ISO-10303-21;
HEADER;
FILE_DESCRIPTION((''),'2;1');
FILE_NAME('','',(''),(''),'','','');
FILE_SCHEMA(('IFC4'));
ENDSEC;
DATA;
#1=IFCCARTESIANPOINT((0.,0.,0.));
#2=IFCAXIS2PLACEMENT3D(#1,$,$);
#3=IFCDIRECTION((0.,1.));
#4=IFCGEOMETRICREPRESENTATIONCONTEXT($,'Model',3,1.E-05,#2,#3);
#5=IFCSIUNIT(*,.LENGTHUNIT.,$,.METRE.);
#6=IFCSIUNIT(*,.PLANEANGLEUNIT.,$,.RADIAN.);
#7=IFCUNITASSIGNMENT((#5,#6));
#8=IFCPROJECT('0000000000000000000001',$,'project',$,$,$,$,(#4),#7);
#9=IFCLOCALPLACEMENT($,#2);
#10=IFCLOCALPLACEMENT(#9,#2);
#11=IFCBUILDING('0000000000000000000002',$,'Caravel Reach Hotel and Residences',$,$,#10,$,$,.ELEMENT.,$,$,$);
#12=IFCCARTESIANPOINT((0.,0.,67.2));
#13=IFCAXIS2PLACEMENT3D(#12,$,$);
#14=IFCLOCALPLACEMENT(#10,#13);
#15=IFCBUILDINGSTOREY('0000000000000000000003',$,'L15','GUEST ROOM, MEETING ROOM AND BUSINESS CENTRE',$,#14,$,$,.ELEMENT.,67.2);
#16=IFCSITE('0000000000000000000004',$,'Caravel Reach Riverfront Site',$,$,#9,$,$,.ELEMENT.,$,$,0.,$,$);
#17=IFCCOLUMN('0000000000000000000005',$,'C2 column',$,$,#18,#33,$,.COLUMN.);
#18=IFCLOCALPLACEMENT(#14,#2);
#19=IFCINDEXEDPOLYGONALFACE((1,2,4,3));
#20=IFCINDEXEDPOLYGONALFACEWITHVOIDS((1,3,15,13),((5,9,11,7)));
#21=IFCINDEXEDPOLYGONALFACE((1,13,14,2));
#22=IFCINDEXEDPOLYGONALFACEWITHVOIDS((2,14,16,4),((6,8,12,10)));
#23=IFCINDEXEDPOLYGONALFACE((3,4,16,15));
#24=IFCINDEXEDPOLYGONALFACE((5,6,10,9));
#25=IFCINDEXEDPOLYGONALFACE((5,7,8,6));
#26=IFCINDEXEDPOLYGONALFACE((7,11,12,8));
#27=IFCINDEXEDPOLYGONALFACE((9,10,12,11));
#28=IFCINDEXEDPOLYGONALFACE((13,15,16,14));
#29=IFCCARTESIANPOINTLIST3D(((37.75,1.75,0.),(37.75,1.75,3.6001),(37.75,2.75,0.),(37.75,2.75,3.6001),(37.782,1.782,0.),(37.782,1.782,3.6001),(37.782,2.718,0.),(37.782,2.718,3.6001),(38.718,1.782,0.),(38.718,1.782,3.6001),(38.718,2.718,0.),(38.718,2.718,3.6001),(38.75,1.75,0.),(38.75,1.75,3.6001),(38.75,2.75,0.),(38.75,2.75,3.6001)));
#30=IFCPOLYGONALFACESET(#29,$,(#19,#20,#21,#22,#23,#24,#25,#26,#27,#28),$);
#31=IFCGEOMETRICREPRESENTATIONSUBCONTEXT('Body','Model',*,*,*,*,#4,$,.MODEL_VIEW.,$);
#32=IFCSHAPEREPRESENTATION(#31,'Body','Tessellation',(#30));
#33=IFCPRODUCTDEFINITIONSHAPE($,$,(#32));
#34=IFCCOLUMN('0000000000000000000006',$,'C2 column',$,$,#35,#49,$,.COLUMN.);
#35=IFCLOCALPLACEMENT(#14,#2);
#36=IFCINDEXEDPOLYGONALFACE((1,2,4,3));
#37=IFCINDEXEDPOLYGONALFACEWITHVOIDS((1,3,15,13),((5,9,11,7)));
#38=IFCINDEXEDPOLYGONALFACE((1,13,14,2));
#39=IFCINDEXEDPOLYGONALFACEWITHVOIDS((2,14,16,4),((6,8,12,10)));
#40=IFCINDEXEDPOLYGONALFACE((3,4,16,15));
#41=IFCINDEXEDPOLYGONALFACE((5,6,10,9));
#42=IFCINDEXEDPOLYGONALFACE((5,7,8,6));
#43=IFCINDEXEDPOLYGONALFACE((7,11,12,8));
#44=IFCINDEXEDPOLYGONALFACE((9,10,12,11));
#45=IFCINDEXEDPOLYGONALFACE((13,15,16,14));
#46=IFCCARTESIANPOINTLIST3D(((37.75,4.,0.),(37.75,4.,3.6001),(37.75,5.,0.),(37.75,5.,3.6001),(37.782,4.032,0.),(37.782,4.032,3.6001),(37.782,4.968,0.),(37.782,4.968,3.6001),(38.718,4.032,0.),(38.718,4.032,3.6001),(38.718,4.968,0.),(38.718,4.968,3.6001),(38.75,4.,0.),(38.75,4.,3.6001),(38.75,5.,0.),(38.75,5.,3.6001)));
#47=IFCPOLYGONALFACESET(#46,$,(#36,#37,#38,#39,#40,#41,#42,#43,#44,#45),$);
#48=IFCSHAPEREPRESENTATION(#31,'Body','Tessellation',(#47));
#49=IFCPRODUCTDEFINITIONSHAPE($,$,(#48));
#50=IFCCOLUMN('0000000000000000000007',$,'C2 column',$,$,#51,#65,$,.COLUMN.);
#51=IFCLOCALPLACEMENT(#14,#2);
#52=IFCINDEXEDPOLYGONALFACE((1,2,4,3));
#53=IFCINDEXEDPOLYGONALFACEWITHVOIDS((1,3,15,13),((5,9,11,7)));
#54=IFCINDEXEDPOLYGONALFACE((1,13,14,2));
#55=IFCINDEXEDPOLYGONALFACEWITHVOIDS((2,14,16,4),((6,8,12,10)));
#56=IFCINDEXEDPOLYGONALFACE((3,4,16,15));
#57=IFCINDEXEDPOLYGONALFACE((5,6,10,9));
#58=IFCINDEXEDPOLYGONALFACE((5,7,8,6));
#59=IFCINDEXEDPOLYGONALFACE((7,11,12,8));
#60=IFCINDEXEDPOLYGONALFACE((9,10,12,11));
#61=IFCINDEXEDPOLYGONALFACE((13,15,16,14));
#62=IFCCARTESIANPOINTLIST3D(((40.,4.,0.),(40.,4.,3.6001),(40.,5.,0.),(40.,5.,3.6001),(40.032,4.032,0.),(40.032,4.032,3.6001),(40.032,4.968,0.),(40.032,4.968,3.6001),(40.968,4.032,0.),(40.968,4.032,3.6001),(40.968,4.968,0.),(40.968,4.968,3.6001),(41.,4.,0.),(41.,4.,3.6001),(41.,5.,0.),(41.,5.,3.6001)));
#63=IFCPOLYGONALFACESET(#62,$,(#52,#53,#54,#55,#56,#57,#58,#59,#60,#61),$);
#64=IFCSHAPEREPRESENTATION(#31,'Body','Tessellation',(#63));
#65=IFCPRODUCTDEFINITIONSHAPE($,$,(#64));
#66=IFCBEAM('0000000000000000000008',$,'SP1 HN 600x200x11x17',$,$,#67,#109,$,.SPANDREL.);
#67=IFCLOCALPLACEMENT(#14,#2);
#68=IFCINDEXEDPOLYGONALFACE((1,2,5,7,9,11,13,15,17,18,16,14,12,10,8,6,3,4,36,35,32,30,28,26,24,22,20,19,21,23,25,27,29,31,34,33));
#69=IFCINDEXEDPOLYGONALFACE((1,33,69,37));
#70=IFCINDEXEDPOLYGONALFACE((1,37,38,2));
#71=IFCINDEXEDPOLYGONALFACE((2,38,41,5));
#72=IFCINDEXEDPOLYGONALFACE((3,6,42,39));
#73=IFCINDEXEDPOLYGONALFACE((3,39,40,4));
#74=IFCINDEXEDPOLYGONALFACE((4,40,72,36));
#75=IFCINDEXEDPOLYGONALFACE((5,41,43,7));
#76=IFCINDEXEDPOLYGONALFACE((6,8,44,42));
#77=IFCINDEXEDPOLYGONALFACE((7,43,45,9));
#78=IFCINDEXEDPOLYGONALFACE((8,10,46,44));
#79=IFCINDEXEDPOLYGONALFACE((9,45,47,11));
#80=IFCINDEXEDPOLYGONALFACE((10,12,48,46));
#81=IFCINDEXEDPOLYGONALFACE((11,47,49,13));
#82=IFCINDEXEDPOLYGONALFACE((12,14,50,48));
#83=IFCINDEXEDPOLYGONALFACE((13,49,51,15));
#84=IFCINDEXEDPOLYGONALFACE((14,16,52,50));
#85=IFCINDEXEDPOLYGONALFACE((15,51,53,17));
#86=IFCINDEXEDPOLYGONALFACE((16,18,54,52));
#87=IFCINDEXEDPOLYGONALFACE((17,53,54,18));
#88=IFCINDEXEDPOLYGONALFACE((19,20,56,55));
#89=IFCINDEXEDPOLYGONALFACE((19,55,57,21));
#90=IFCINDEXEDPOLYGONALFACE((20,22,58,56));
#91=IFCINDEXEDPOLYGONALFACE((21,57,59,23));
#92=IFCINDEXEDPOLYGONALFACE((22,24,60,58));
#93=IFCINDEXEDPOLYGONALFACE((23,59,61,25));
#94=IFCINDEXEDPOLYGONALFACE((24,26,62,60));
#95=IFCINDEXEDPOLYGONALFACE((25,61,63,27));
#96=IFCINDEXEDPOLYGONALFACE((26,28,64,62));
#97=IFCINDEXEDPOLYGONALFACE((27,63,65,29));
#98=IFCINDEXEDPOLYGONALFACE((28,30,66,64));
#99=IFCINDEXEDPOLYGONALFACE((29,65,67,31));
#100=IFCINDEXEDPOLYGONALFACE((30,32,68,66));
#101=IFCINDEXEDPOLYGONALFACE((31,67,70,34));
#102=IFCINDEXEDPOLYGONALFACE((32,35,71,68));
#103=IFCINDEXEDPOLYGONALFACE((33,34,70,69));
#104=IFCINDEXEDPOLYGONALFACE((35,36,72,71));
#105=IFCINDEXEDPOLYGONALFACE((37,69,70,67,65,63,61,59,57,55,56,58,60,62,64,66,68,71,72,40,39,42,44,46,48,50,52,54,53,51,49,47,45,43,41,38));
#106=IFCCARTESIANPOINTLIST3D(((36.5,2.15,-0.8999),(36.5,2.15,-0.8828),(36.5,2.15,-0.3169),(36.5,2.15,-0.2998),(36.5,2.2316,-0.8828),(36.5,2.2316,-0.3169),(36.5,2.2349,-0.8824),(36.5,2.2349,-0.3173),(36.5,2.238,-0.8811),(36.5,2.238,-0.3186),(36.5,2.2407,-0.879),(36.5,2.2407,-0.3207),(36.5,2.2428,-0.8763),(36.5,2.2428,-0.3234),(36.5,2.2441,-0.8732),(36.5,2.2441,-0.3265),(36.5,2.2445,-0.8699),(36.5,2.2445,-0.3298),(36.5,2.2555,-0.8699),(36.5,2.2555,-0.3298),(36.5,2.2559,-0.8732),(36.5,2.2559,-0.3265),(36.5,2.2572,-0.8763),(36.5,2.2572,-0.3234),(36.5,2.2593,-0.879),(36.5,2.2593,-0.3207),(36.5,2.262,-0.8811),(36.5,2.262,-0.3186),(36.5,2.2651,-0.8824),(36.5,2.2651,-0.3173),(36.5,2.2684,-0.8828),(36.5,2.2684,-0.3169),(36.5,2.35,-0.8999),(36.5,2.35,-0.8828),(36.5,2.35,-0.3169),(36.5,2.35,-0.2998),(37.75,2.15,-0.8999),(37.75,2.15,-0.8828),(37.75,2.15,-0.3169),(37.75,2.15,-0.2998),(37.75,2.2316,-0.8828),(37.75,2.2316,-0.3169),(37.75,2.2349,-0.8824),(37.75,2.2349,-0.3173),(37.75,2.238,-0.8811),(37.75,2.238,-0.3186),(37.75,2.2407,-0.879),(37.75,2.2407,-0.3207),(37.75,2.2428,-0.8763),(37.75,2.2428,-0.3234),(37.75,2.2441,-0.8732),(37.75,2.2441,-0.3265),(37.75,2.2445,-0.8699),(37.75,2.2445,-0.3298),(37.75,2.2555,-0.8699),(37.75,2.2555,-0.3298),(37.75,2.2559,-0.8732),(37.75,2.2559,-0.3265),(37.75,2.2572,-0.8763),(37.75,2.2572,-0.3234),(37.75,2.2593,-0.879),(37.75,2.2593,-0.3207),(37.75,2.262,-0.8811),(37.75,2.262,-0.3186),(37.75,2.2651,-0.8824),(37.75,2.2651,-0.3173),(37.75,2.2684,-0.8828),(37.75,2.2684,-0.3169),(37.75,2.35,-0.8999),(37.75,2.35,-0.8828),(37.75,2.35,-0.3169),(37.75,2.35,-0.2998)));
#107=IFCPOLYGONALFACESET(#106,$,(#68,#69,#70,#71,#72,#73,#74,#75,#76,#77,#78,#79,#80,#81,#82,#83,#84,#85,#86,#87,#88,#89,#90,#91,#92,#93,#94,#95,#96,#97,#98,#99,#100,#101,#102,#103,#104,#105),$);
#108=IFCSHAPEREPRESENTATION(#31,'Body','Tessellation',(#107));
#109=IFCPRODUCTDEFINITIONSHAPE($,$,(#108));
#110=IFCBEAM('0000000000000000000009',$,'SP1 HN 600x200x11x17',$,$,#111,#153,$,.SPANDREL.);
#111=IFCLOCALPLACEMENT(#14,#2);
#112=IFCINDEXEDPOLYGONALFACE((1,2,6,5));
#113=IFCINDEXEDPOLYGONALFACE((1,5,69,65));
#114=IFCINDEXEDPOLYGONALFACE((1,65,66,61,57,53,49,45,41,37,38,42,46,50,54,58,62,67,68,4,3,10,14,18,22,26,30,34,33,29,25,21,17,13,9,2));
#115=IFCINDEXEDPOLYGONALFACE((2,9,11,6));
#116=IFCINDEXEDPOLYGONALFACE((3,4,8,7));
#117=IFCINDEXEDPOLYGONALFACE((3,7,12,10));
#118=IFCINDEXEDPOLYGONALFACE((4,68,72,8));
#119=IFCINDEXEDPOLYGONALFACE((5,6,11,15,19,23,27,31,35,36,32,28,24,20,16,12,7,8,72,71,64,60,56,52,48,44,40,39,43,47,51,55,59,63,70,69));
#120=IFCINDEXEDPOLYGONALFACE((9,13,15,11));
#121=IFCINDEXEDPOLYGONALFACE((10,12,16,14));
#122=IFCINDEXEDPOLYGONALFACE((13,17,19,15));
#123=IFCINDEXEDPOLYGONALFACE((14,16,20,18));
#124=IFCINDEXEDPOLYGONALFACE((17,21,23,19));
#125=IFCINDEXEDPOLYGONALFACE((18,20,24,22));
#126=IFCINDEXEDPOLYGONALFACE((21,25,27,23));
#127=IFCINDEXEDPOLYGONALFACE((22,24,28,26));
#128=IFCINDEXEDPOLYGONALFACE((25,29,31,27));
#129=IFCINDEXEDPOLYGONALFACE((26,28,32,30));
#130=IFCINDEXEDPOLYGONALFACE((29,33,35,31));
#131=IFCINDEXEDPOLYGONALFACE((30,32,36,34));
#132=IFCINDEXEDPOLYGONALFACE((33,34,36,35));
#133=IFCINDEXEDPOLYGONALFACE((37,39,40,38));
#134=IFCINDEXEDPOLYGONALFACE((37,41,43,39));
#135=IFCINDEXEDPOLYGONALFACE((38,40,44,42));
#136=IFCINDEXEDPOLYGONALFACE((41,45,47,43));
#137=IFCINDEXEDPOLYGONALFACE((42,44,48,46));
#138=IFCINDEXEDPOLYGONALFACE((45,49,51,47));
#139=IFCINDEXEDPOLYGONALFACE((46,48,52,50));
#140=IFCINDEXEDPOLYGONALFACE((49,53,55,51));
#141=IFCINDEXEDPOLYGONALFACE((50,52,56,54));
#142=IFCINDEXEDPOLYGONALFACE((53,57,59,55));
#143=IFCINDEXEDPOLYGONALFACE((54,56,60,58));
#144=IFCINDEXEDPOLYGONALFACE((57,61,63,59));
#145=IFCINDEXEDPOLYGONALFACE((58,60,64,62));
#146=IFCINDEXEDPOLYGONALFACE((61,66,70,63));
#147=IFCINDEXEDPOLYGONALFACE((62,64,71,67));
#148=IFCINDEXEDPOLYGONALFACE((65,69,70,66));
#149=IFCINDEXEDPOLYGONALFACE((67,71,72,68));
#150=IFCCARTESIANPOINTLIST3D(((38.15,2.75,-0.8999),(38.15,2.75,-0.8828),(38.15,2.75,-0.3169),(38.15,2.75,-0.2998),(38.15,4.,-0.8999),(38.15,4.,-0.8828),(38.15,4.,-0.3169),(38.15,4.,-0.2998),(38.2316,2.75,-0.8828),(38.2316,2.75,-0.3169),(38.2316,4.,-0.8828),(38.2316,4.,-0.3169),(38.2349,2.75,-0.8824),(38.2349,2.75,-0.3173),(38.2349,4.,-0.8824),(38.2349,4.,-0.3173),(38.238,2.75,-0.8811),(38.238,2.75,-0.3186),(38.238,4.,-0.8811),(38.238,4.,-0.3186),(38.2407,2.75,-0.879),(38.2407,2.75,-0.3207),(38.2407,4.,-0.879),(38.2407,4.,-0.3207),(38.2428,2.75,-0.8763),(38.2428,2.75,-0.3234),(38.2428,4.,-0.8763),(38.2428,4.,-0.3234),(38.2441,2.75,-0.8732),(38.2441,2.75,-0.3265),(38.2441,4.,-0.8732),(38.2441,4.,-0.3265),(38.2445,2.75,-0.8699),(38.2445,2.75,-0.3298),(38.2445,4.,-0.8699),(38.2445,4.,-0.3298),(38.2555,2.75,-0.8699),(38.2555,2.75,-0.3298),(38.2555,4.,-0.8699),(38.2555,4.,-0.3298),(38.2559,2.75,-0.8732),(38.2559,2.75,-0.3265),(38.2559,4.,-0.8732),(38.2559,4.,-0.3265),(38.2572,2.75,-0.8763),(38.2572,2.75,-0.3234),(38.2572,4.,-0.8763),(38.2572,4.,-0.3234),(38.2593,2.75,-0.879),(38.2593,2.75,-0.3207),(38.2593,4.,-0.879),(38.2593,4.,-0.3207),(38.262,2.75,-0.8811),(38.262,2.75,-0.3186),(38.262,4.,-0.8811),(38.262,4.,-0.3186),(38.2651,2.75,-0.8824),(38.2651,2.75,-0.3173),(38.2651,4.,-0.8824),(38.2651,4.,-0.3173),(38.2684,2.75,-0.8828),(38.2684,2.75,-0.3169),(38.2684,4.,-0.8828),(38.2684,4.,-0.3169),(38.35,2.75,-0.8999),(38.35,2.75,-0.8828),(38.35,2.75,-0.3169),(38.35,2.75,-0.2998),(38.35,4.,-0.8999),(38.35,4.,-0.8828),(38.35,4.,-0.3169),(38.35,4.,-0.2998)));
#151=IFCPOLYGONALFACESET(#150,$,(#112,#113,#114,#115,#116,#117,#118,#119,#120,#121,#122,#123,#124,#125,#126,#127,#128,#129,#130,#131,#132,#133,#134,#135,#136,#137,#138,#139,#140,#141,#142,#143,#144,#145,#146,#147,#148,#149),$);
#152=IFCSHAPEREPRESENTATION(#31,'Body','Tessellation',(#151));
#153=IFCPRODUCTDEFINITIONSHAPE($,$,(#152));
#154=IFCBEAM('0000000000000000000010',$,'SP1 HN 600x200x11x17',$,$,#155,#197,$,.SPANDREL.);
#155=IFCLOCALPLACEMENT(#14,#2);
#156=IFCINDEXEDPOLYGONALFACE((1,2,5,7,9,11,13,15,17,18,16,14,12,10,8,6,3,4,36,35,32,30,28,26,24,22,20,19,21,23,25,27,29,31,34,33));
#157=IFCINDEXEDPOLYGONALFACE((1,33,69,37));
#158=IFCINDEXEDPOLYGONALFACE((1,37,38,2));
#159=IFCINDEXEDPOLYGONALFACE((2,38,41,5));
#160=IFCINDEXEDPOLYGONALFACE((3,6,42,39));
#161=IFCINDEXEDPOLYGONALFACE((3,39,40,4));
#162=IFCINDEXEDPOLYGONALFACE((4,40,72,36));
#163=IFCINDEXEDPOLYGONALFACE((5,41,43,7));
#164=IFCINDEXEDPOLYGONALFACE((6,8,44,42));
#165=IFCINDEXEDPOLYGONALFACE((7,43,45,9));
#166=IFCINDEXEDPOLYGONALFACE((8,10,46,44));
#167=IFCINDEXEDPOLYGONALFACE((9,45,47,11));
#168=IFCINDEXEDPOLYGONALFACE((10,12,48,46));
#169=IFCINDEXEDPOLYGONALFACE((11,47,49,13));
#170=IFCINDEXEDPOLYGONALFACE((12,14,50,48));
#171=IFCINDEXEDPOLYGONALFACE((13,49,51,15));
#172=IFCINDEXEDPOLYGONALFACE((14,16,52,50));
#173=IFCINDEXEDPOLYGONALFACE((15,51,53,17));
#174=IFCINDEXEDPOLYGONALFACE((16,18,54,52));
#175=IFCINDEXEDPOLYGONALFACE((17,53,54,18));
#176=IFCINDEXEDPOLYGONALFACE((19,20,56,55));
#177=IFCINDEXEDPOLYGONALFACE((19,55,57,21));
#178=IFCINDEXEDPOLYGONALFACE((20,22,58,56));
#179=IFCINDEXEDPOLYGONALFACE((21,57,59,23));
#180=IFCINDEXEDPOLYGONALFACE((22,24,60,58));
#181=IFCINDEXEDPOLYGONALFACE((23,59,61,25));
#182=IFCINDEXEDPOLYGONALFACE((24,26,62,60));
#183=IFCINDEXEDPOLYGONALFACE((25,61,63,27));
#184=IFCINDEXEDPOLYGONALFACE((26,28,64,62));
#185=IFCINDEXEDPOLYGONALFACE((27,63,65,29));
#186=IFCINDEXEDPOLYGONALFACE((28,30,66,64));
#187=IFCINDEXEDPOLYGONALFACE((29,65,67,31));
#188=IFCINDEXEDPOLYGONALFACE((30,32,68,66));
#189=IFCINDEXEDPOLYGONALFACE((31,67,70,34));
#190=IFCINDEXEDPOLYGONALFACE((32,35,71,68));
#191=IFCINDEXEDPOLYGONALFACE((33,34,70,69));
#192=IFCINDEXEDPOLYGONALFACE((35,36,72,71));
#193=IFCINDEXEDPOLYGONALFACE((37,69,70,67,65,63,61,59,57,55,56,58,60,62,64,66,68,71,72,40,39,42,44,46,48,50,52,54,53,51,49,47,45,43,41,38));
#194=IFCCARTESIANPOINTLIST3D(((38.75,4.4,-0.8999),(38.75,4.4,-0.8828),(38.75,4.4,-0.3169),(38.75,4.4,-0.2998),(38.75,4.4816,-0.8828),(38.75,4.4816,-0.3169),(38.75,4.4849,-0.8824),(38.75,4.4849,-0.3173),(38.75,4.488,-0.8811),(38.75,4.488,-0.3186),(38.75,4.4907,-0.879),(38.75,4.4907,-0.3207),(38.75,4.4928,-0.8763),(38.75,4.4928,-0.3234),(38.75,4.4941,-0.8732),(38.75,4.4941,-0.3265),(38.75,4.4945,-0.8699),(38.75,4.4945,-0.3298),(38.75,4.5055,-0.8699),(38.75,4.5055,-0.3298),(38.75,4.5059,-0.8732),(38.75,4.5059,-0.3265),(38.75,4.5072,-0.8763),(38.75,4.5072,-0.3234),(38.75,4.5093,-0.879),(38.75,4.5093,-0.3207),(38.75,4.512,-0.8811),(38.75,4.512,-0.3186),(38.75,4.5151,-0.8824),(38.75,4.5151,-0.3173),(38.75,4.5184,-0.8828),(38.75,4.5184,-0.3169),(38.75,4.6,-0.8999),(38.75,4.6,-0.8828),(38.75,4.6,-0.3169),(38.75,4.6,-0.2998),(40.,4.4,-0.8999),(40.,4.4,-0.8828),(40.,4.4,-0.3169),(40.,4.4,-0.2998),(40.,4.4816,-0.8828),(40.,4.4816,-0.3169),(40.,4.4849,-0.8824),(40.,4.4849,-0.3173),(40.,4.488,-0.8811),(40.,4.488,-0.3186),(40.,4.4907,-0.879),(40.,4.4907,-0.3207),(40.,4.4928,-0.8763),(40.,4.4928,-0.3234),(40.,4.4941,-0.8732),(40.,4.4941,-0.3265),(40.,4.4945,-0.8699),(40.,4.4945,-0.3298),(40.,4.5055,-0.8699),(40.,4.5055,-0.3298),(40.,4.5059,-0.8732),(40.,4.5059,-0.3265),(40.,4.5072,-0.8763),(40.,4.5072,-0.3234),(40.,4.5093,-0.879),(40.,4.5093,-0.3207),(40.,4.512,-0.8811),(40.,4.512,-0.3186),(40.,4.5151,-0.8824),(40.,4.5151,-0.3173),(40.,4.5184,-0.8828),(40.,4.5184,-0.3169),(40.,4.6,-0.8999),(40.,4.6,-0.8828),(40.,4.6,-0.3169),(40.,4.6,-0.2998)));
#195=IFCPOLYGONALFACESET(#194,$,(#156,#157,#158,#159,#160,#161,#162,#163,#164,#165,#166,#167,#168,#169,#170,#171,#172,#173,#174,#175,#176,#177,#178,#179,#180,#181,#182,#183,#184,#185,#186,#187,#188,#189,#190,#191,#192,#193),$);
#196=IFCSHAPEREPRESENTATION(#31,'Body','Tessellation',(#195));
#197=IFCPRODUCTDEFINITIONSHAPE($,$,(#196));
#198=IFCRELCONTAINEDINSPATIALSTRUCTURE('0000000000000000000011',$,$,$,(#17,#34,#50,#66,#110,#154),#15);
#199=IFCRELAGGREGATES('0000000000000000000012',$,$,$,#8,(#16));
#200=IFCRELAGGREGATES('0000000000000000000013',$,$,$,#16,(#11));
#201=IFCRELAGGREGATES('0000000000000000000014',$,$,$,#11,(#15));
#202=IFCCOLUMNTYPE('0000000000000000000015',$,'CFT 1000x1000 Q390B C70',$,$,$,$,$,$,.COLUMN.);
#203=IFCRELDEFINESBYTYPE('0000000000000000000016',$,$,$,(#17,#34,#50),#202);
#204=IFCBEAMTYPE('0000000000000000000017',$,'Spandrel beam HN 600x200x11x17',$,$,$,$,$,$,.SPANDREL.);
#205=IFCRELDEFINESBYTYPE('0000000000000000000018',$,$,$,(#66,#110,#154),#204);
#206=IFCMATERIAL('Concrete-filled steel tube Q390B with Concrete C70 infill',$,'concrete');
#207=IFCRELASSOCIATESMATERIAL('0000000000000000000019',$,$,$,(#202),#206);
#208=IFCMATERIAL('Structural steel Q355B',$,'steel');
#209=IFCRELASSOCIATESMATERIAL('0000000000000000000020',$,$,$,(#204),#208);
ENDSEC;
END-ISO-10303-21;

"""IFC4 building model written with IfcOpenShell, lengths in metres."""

from ifc_helpers import new_model, si_unit, direction, frame, origin, origin_2d, place, context, subcontext, project, spatial, hollow_rectangle, i_section, extrude, material, material_profile, profile_set, type_object, element, save


model = new_model("IFC4")

# Units and contexts
model_context = context("Model", 3, precision=1e-05, world=origin(), true_north=direction((0.0, 1.0)))
body_context = subcontext(model_context, "Body", "Model", "MODEL_VIEW")
ifc_project = project(units=[si_unit("LENGTHUNIT", "METRE"), si_unit("PLANEANGLEUNIT", "RADIAN")], contexts=[model_context])

# Site, building, storey
site_placement = place(None, origin())
site = spatial("IfcSite", under=ifc_project, at=site_placement, Name="Caravel Reach Riverfront Site", CompositionType="ELEMENT", RefElevation=0.0)
building_placement = place(site_placement, origin())
building = spatial("IfcBuilding", under=site, at=building_placement, Name="Caravel Reach Hotel and Residences", CompositionType="ELEMENT")
storey_placement = place(building_placement, frame((0.0, 0.0, 67.2)))
storey = spatial("IfcBuildingStorey", under=building, at=storey_placement, Name="L15", Description="GUEST ROOM, MEETING ROOM AND BUSINESS CENTRE", CompositionType="ELEMENT", Elevation=67.2)

# Columns
ifc_material_1 = material(Name="Concrete-filled steel tube Q390B with Concrete C70 infill", Category="concrete")
ifc_material_profile_1 = material_profile(ifc_material_1, hollow_rectangle(XDim=1.0, YDim=1.0, WallThickness=0.032, at=origin_2d()), Name="RHS 1000x1000x32")
ifc_profile_set_1 = profile_set([ifc_material_profile_1], Name="Concrete-filled steel tube Q390B with Concrete C70 infill")
column_type = type_object("IfcColumnType", Name="CFT 1000x1000 Q390B C70", PredefinedType="COLUMN", material=ifc_profile_set_1)
for number, where, z_axis, x_axis, name in (
    (1, (38.25, 2.25, 0.0), (0.0, 0.0, 1.0), (1.0, 0.0, 0.0), "C2 column"),
    (2, (38.25, 4.5, 0.0), (0.0, 0.0, 1.0), (1.0, 0.0, 0.0), "C2 column"),
    (3, (40.5, 4.5, 0.0), (0.0, 0.0, 1.0), (1.0, 0.0, 0.0), "C2 column"),
):
    element("IfcColumn", number, at=place(storey_placement, frame(where, z_axis=z_axis, x_axis=x_axis)), inside=storey, type_object=column_type, Name=name, PredefinedType="COLUMN", context=body_context, shape_type="SweptSolid", body=[
        extrude(hollow_rectangle(XDim=1.0, YDim=1.0, WallThickness=0.032, at=origin_2d()), origin(), (0.0, 0.0, 1.0), 3.6001),
    ])

# Beams
ifc_material_2 = material(Name="Structural steel Q355B", Category="steel")
ifc_material_profile_2 = material_profile(ifc_material_2, i_section(OverallWidth=0.2, OverallDepth=0.6001, WebThickness=0.011, FlangeThickness=0.0171, FilletRadius=0.0129, at=origin_2d()), Name="HN 600x200x11x17")
ifc_profile_set_2 = profile_set([ifc_material_profile_2], Name="Structural steel Q355B")
beam_type = type_object("IfcBeamType", Name="Spandrel beam HN 600x200x11x17", PredefinedType="SPANDREL", material=ifc_profile_set_2)
for number, where, z_axis, x_axis, name in (
    (4, (36.5, 2.25, -0.5999), (1.0, 0.0, 0.0), (0.0, 1.0, 0.0), "SP1 HN 600x200x11x17"),
    (5, (38.25, 2.75, -0.5999), (0.0, 1.0, 0.0), (-1.0, 0.0, 0.0), "SP1 HN 600x200x11x17"),
    (6, (38.75, 4.5, -0.5999), (1.0, 0.0, 0.0), (0.0, 1.0, 0.0), "SP1 HN 600x200x11x17"),
):
    element("IfcBeam", number, at=place(storey_placement, frame(where, z_axis=z_axis, x_axis=x_axis)), inside=storey, type_object=beam_type, Name=name, PredefinedType="SPANDREL", context=body_context, shape_type="SweptSolid", body=[
        extrude(i_section(OverallWidth=0.2, OverallDepth=0.6001, WebThickness=0.011, FlangeThickness=0.0171, FilletRadius=0.0129, at=origin_2d()), origin(), (0.0, 0.0, 1.0), 1.25),
    ])

save(model, "model.ifc")
